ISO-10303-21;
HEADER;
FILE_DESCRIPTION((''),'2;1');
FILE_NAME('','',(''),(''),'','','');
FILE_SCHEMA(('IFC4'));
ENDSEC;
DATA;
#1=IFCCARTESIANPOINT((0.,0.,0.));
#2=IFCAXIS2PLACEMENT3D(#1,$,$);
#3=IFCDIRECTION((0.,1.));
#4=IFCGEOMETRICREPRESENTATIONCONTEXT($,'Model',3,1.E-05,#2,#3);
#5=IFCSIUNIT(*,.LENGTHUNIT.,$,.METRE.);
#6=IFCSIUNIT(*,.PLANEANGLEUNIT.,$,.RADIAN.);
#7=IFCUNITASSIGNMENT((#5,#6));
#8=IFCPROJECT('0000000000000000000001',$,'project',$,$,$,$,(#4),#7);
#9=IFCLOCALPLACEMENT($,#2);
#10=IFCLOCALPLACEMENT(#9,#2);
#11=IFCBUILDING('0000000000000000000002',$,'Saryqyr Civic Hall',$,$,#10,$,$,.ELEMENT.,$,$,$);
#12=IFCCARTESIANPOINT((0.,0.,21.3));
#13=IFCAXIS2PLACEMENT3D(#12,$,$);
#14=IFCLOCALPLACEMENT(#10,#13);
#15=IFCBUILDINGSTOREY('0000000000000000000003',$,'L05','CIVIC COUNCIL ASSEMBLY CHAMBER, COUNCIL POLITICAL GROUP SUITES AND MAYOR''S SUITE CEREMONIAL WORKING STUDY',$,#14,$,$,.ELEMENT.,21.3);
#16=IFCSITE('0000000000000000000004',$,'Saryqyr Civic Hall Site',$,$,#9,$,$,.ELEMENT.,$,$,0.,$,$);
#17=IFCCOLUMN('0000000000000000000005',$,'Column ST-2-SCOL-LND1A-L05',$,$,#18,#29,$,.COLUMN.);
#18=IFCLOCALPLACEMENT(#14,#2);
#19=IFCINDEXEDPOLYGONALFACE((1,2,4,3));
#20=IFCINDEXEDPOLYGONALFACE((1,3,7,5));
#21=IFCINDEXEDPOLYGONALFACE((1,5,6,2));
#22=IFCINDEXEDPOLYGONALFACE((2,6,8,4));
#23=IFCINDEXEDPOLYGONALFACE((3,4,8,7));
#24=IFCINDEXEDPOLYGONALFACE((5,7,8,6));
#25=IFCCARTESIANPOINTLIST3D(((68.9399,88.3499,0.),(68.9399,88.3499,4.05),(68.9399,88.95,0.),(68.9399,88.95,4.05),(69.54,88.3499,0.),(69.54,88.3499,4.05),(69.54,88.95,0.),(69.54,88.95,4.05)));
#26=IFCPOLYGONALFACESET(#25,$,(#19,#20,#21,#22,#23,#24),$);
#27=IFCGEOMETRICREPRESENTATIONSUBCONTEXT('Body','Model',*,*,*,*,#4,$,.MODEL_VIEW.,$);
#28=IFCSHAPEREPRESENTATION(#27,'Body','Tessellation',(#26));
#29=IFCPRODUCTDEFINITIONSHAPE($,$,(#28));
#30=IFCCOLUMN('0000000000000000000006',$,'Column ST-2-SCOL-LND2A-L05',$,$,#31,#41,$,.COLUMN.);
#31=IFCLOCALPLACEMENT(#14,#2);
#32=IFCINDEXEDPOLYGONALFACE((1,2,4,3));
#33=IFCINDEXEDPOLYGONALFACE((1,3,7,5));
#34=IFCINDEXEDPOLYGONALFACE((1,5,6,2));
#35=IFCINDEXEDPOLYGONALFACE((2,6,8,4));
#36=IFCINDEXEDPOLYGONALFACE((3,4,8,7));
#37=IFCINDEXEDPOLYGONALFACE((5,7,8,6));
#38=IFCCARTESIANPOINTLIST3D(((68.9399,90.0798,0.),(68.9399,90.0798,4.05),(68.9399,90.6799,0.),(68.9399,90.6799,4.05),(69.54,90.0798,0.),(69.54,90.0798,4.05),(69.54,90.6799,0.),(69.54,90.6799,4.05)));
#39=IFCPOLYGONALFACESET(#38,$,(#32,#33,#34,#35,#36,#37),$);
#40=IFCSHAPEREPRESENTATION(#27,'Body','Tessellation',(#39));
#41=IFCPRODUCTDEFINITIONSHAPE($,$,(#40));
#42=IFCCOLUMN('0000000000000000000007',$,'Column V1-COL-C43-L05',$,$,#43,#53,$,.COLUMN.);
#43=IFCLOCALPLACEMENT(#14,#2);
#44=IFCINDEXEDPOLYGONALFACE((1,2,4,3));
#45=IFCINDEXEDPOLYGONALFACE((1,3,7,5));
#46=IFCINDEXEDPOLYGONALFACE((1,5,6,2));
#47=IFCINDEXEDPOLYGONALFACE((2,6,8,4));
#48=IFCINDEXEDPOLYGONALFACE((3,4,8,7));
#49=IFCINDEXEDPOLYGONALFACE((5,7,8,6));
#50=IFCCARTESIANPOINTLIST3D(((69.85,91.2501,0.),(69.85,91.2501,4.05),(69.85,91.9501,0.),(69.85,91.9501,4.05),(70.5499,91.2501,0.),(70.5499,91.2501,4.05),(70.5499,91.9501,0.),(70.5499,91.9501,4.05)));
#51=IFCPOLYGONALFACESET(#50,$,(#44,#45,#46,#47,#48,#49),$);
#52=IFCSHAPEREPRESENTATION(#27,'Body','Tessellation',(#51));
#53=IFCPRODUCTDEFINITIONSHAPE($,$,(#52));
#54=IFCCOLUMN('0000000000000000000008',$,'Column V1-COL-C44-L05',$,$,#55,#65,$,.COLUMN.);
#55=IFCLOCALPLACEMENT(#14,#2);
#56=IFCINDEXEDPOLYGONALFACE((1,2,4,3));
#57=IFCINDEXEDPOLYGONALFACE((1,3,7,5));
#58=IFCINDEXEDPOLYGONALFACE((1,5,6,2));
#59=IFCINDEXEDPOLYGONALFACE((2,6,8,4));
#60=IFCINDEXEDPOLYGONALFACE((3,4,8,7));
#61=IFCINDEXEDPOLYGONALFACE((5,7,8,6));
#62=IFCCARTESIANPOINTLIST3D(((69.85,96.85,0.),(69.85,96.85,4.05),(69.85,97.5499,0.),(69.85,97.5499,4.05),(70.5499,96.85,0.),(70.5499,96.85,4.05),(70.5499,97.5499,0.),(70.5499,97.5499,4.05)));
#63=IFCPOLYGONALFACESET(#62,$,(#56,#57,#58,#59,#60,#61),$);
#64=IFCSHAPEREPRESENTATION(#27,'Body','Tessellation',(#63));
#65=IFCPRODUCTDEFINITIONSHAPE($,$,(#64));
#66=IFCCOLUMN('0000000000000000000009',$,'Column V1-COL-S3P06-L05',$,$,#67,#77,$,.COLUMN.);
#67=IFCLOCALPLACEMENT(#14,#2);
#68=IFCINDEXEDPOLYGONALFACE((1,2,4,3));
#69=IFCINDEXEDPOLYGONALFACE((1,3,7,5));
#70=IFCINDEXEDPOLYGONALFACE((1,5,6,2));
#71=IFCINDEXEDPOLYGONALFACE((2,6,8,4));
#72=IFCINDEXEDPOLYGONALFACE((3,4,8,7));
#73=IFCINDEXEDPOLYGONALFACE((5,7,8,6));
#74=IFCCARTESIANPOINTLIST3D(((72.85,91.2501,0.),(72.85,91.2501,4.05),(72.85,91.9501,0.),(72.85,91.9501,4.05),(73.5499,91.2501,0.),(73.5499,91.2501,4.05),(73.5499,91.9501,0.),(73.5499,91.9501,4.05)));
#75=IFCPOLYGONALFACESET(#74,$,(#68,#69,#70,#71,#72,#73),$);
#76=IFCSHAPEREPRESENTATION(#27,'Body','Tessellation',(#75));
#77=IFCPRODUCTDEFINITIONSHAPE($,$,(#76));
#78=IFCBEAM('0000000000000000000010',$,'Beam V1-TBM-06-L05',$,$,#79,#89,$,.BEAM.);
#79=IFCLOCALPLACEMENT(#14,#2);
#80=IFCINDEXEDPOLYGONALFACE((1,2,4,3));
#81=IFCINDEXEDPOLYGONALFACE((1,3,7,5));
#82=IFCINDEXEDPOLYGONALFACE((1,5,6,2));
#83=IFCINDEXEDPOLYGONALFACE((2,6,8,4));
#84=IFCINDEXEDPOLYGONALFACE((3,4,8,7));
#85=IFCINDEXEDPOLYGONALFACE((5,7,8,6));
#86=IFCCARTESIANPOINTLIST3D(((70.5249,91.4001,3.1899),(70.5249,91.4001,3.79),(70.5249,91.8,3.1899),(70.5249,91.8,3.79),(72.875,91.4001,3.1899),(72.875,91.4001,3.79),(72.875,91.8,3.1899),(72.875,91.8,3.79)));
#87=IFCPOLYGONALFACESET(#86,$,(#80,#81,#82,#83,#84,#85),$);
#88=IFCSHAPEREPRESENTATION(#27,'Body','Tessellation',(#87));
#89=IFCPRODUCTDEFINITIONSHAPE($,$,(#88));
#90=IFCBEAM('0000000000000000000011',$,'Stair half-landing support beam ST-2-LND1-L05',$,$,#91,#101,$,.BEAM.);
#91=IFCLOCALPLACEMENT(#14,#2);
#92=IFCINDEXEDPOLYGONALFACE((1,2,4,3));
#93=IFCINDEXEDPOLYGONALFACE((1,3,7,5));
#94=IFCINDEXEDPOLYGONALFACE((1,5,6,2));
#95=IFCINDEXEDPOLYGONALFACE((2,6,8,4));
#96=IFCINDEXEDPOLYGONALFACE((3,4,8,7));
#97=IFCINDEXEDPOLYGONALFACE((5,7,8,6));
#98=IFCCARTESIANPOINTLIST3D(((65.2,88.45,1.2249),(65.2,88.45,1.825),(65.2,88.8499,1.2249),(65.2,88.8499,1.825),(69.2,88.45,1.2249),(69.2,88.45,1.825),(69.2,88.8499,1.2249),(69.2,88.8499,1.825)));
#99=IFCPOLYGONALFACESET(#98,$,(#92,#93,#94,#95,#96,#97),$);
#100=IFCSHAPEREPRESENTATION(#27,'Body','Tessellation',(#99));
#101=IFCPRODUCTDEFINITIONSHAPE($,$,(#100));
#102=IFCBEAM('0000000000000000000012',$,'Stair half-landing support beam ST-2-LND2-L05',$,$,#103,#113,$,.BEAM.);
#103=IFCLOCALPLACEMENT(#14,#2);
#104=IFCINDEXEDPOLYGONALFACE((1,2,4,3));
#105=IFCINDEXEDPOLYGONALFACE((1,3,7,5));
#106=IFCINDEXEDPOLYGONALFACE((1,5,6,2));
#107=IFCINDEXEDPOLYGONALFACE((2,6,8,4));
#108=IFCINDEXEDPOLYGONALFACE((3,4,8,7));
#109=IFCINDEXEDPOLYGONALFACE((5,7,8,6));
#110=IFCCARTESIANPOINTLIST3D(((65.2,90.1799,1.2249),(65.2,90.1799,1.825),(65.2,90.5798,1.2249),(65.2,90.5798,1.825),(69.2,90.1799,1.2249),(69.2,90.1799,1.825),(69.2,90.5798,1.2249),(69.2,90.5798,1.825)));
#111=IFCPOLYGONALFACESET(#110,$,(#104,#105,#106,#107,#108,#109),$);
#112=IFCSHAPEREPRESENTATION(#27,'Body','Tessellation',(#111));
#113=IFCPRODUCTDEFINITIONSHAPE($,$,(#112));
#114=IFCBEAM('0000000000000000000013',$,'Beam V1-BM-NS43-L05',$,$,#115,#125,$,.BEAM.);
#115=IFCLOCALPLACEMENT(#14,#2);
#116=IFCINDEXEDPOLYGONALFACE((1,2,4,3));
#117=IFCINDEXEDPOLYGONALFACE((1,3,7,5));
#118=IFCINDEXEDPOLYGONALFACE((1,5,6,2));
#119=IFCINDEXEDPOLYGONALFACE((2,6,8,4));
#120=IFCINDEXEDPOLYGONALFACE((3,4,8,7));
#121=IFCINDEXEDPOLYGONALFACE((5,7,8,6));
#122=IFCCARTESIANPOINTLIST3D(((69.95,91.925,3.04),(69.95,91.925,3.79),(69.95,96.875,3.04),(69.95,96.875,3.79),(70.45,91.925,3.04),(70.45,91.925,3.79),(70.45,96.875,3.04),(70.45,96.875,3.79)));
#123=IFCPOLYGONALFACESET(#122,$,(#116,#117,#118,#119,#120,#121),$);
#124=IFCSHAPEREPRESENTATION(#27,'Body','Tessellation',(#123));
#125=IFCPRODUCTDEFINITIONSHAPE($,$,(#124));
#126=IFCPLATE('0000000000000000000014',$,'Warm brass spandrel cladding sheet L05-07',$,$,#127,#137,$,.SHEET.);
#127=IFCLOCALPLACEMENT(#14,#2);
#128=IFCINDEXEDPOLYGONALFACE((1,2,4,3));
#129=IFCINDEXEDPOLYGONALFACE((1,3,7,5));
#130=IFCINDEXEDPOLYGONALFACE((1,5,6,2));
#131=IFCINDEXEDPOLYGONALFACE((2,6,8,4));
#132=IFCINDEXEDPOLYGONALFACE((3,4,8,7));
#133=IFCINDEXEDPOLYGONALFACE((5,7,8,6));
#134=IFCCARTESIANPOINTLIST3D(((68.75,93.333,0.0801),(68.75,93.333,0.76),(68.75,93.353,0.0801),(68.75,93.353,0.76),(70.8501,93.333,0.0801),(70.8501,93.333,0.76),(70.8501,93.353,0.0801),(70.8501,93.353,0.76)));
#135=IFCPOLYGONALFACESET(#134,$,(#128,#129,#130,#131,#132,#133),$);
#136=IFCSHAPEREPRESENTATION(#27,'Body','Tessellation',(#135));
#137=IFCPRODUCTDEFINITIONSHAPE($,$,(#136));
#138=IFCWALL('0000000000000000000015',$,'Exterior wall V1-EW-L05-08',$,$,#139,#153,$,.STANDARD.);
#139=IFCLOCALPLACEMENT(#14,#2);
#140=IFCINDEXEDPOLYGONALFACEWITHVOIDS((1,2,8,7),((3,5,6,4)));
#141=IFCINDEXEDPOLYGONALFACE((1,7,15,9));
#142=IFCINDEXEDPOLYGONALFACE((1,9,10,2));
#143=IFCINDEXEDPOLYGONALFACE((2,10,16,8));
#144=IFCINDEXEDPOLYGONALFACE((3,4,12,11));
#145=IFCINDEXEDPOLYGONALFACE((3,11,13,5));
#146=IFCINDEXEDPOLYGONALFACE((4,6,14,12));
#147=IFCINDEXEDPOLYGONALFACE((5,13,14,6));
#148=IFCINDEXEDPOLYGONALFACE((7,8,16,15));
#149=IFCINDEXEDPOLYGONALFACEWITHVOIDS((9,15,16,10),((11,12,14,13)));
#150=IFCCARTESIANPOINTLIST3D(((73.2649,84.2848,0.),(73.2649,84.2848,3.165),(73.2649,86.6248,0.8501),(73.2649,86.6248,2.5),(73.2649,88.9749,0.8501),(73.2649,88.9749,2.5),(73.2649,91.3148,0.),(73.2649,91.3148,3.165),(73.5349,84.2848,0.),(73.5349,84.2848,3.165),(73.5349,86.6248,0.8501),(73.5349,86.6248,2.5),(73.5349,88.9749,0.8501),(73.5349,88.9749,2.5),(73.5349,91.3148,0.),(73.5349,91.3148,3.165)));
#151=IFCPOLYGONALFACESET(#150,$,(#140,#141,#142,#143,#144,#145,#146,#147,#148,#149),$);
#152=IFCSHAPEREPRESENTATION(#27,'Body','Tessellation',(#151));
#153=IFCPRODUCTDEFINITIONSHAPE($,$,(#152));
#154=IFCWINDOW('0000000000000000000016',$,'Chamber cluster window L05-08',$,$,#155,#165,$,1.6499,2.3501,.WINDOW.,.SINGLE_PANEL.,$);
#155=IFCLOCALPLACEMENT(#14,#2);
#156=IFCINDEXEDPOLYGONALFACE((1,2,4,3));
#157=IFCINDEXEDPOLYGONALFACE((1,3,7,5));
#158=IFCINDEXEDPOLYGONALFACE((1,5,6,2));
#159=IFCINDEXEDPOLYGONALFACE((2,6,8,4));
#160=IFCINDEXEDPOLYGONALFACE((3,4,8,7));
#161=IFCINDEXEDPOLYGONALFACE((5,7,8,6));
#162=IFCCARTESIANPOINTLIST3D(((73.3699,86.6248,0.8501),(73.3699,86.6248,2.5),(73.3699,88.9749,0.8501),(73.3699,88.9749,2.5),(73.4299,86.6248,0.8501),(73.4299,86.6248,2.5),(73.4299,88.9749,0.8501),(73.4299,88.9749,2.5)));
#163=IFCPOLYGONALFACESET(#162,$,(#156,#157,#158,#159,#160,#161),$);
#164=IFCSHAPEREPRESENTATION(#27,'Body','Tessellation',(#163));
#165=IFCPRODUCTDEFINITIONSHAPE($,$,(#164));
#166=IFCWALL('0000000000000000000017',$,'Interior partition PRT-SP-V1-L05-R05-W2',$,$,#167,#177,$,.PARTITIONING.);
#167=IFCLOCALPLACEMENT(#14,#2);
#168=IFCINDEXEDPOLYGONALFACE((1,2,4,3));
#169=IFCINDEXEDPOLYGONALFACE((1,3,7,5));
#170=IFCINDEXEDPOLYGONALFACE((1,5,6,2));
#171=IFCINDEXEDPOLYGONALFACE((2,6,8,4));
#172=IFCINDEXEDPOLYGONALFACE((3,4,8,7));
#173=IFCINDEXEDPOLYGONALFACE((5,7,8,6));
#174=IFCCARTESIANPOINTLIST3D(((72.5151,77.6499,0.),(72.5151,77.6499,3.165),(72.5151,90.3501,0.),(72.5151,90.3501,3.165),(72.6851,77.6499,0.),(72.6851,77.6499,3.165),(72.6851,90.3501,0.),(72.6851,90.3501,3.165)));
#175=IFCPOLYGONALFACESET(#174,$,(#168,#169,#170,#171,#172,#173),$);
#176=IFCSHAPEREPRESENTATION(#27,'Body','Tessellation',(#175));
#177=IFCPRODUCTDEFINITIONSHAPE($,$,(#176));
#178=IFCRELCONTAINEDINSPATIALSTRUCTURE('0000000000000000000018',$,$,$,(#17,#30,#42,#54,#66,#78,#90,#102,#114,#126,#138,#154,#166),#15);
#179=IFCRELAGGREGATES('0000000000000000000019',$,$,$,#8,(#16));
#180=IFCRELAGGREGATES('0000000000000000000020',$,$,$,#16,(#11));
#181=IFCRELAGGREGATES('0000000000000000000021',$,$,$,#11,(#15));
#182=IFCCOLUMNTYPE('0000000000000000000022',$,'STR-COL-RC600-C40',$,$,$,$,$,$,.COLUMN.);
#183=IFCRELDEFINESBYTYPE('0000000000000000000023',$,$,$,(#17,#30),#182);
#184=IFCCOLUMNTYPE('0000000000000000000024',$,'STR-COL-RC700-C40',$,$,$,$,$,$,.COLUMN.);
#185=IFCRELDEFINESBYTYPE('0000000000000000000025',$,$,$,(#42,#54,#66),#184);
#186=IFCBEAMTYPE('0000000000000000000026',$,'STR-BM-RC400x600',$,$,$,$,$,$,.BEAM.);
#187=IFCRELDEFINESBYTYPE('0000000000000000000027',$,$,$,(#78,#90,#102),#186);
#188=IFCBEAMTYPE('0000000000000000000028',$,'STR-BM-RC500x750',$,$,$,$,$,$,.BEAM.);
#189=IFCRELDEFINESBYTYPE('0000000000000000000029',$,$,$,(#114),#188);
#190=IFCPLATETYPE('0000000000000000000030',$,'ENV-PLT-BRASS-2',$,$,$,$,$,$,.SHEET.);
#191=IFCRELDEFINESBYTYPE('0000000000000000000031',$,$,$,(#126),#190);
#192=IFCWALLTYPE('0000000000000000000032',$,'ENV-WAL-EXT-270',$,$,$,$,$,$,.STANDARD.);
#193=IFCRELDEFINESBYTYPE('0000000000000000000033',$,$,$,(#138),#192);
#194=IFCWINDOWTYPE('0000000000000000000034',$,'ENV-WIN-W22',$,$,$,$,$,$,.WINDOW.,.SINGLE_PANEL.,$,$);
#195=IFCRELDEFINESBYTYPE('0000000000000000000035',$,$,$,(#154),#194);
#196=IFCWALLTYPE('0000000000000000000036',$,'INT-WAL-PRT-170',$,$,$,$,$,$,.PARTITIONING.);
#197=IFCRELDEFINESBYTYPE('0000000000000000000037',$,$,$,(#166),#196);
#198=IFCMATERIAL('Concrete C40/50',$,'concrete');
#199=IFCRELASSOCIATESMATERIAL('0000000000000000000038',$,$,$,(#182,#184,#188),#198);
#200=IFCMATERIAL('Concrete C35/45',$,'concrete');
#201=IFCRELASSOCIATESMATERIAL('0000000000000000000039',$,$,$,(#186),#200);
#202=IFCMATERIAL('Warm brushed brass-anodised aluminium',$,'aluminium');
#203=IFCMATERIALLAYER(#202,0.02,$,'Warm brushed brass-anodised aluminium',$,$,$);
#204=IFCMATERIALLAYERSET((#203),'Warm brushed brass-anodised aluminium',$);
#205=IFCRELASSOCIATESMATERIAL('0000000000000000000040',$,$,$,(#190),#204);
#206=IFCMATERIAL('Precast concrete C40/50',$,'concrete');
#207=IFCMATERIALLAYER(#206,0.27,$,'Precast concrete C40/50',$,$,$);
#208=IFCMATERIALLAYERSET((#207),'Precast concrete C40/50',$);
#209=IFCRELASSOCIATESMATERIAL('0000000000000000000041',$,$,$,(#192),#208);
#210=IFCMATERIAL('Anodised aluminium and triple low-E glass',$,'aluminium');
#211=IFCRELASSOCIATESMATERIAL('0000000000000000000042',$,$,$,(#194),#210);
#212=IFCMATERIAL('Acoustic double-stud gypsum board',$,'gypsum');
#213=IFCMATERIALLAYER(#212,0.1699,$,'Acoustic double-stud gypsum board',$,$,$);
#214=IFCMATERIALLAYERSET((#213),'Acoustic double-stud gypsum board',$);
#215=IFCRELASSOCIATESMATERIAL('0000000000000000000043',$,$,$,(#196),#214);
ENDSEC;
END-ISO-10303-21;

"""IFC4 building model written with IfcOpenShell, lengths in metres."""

from ifc_helpers import new_model, si_unit, direction, frame, frame_2d, origin, origin_2d, place, context, subcontext, project, spatial, rectangle, extrude, material, layer, layer_set, material_profile, profile_set, type_object, element, fill, save


model = new_model("IFC4")

# Units and contexts
model_context = context("Model", 3, precision=1e-05, world=origin(), true_north=direction((0.0, 1.0)))
body_context = subcontext(model_context, "Body", "Model", "MODEL_VIEW")
ifc_project = project(units=[si_unit("LENGTHUNIT", "METRE"), si_unit("PLANEANGLEUNIT", "RADIAN")], contexts=[model_context])

# Site, building, storey
site_placement = place(None, origin())
site = spatial("IfcSite", under=ifc_project, at=site_placement, Name="Saryqyr Civic Hall Site", CompositionType="ELEMENT", RefElevation=0.0)
building_placement = place(site_placement, origin())
building = spatial("IfcBuilding", under=site, at=building_placement, Name="Saryqyr Civic Hall", CompositionType="ELEMENT")
storey_placement = place(building_placement, frame((0.0, 0.0, 21.3)))
storey = spatial("IfcBuildingStorey", under=building, at=storey_placement, Name="L05", Description="CIVIC COUNCIL ASSEMBLY CHAMBER, COUNCIL POLITICAL GROUP SUITES AND MAYOR'S SUITE CEREMONIAL WORKING STUDY", CompositionType="ELEMENT", Elevation=21.3)

# Columns
ifc_material_1 = material(Name="Concrete C40/50", Category="concrete")
ifc_material_profile_1 = material_profile(ifc_material_1, rectangle(XDim=0.6001, YDim=0.6001, at=origin_2d()), Name="RC 600x600")
ifc_profile_set_1 = profile_set([ifc_material_profile_1], Name="Concrete C40/50")
column_type_1 = type_object("IfcColumnType", Name="STR-COL-RC600-C40", PredefinedType="COLUMN", material=ifc_profile_set_1)
for number, where, z_axis, x_axis, name in (
    (1, (69.24, 88.6499, 0.0), (0.0, 0.0, 1.0), (1.0, 0.0, 0.0), "Column ST-2-SCOL-LND1A-L05"),
    (2, (69.24, 90.3799, 0.0), (0.0, 0.0, 1.0), (1.0, 0.0, 0.0), "Column ST-2-SCOL-LND2A-L05"),
):
    element("IfcColumn", number, at=place(storey_placement, frame(where, z_axis=z_axis, x_axis=x_axis)), inside=storey, type_object=column_type_1, Name=name, PredefinedType="COLUMN", context=body_context, shape_type="SweptSolid", body=[
        extrude(rectangle(XDim=0.6001, YDim=0.6001, at=origin_2d()), origin(), (0.0, 0.0, 1.0), 4.05),
    ])
ifc_material_profile_2 = material_profile(ifc_material_1, rectangle(XDim=0.7, YDim=0.7, at=origin_2d()), Name="RC 700x700")
ifc_profile_set_2 = profile_set([ifc_material_profile_2], Name="Concrete C40/50")
column_type_2 = type_object("IfcColumnType", Name="STR-COL-RC700-C40", PredefinedType="COLUMN", material=ifc_profile_set_2)
for number, where, z_axis, x_axis, name in (
    (3, (70.2, 91.6001, 0.0), (0.0, 0.0, 1.0), (1.0, 0.0, 0.0), "Column V1-COL-C43-L05"),
    (4, (70.2, 97.2, 0.0), (0.0, 0.0, 1.0), (1.0, 0.0, 0.0), "Column V1-COL-C44-L05"),
    (5, (73.2, 91.6001, 0.0), (0.0, 0.0, 1.0), (1.0, 0.0, 0.0), "Column V1-COL-S3P06-L05"),
):
    element("IfcColumn", number, at=place(storey_placement, frame(where, z_axis=z_axis, x_axis=x_axis)), inside=storey, type_object=column_type_2, Name=name, PredefinedType="COLUMN", context=body_context, shape_type="SweptSolid", body=[
        extrude(rectangle(XDim=0.7, YDim=0.7, at=origin_2d()), origin(), (0.0, 0.0, 1.0), 4.05),
    ])

# Beams
ifc_material_2 = material(Name="Concrete C35/45", Category="concrete")
ifc_material_profile_3 = material_profile(ifc_material_2, rectangle(XDim=0.3999, YDim=0.6001, at=origin_2d()), Name="RC 400x600")
ifc_profile_set_3 = profile_set([ifc_material_profile_3], Name="Concrete C35/45")
beam_type_1 = type_object("IfcBeamType", Name="STR-BM-RC400x600", PredefinedType="BEAM", material=ifc_profile_set_3)
beam_1_placement = place(storey_placement, frame((70.5249, 91.6001, 3.49), z_axis=(1.0, 0.0, 0.0), x_axis=(0.0, 1.0, 0.0)))
element("IfcBeam", 6, at=beam_1_placement, inside=storey, type_object=beam_type_1, Name="Beam V1-TBM-06-L05", PredefinedType="BEAM", context=body_context, shape_type="SweptSolid", body=[
    extrude(rectangle(XDim=0.3999, YDim=0.6001, at=origin_2d()), origin(), (0.0, 0.0, 1.0), 2.3501),
])
for number, where, z_axis, x_axis, name in (
    (7, (69.2, 88.6499, 1.5249), (-1.0, 0.0, 0.0), (0.0, -1.0, 0.0), "Stair half-landing support beam ST-2-LND1-L05"),
    (8, (69.2, 90.3799, 1.5249), (-1.0, 0.0, 0.0), (0.0, -1.0, 0.0), "Stair half-landing support beam ST-2-LND2-L05"),
):
    element("IfcBeam", number, at=place(storey_placement, frame(where, z_axis=z_axis, x_axis=x_axis)), inside=storey, type_object=beam_type_1, Name=name, PredefinedType="BEAM", context=body_context, shape_type="SweptSolid", body=[
        extrude(rectangle(XDim=0.3999, YDim=0.6001, at=origin_2d()), origin(), (0.0, 0.0, 1.0), 4.0),
    ])
ifc_material_profile_4 = material_profile(ifc_material_1, rectangle(XDim=0.5, YDim=0.75, at=origin_2d()), Name="RC 500x750")
ifc_profile_set_4 = profile_set([ifc_material_profile_4], Name="Concrete C40/50")
beam_type_2 = type_object("IfcBeamType", Name="STR-BM-RC500x750", PredefinedType="BEAM", material=ifc_profile_set_4)
beam_2_placement = place(storey_placement, frame((70.2, 91.925, 3.415), z_axis=(0.0, 1.0, 0.0), x_axis=(-1.0, 0.0, 0.0)))
element("IfcBeam", 9, at=beam_2_placement, inside=storey, type_object=beam_type_2, Name="Beam V1-BM-NS43-L05", PredefinedType="BEAM", context=body_context, shape_type="SweptSolid", body=[
    extrude(rectangle(XDim=0.5, YDim=0.75, at=origin_2d()), origin(), (0.0, 0.0, 1.0), 4.95),
])

# Plate
ifc_material_3 = material(Name="Warm brushed brass-anodised aluminium", Category="aluminium")
ifc_layer_1 = layer(ifc_material_3, 0.02, Name="Warm brushed brass-anodised aluminium")
ifc_layer_set_1 = layer_set([ifc_layer_1], Name="Warm brushed brass-anodised aluminium")
plate_type = type_object("IfcPlateType", Name="ENV-PLT-BRASS-2", PredefinedType="SHEET", material=ifc_layer_set_1)
plate_placement = place(storey_placement, frame((69.8, 93.343, 0.0801), z_axis=(0.0, 0.0, 1.0), x_axis=(1.0, 0.0, 0.0)))
element("IfcPlate", 10, at=plate_placement, inside=storey, type_object=plate_type, Name="Warm brass spandrel cladding sheet L05-07", PredefinedType="SHEET", context=body_context, shape_type="SweptSolid", body=[
    extrude(rectangle(XDim=2.1001, YDim=0.02, at=origin_2d()), origin(), (0.0, 0.0, 1.0), 0.6799),
])

# Wall, opening, window
ifc_material_4 = material(Name="Precast concrete C40/50", Category="concrete")
ifc_layer_2 = layer(ifc_material_4, 0.27, Name="Precast concrete C40/50")
ifc_layer_set_2 = layer_set([ifc_layer_2], Name="Precast concrete C40/50")
wall_type_1 = type_object("IfcWallType", Name="ENV-WAL-EXT-270", PredefinedType="STANDARD", material=ifc_layer_set_2)
wall_1_placement = place(storey_placement, frame((73.3999, 91.3149, 0.0), z_axis=(0.0, 0.0, 1.0), x_axis=(0.0, -1.0, 0.0)))
wall_1 = element("IfcWall", 11, at=wall_1_placement, inside=storey, type_object=wall_type_1, Name="Exterior wall V1-EW-L05-08", PredefinedType="STANDARD", context=body_context, shape_type="SweptSolid", body=[
    extrude(rectangle(XDim=7.03, YDim=0.27, at=frame_2d((3.5151, 0.0))), origin(), (0.0, 0.0, 1.0), 3.165),
])
opening_placement = place(wall_1_placement, frame((2.3401, 0.0, 0.8501)))
opening = element("IfcOpeningElement", 12, at=opening_placement, cuts=wall_1, PredefinedType="OPENING", context=body_context, shape_type="SweptSolid", body=[
    extrude(rectangle(XDim=2.3501, YDim=1.6499, at=frame_2d((1.175, 0.825))), frame((0.0, 0.145, 0.0), z_axis=(0.0, -1.0, 0.0), x_axis=(1.0, 0.0, 0.0)), (0.0, 0.0, 1.0), 0.29),
])
ifc_material_5 = material(Name="Anodised aluminium and triple low-E glass", Category="aluminium")
window_type = type_object("IfcWindowType", Name="ENV-WIN-W22", PartitioningType="SINGLE_PANEL", PredefinedType="WINDOW", material=ifc_material_5)
window_placement = place(opening_placement, origin())
window = element("IfcWindow", 13, at=window_placement, inside=storey, type_object=window_type, Name="Chamber cluster window L05-08", OverallHeight=1.6499, OverallWidth=2.3501, PartitioningType="SINGLE_PANEL", PredefinedType="WINDOW", context=body_context, shape_type="SweptSolid", body=[
    extrude(rectangle(XDim=2.3501, YDim=1.6499, at=frame_2d((1.175, 0.825))), frame((0.0, 0.03, 0.0), z_axis=(0.0, -1.0, 0.0), x_axis=(1.0, 0.0, 0.0)), (0.0, 0.0, 1.0), 0.0601),
])
fill(opening, window)

# Wall
ifc_material_6 = material(Name="Acoustic double-stud gypsum board", Category="gypsum")
ifc_layer_3 = layer(ifc_material_6, 0.1699, Name="Acoustic double-stud gypsum board")
ifc_layer_set_3 = layer_set([ifc_layer_3], Name="Acoustic double-stud gypsum board")
wall_type_2 = type_object("IfcWallType", Name="INT-WAL-PRT-170", PredefinedType="PARTITIONING", material=ifc_layer_set_3)
wall_2_placement = place(storey_placement, frame((72.6001, 90.3501, 0.0), z_axis=(0.0, 0.0, 1.0), x_axis=(0.0, -1.0, 0.0)))
element("IfcWall", 14, at=wall_2_placement, inside=storey, type_object=wall_type_2, Name="Interior partition PRT-SP-V1-L05-R05-W2", PredefinedType="PARTITIONING", context=body_context, shape_type="SweptSolid", body=[
    extrude(rectangle(XDim=12.7002, YDim=0.1699, at=frame_2d((6.3501, 0.0))), origin(), (0.0, 0.0, 1.0), 3.165),
])

save(model, "model.ifc")
